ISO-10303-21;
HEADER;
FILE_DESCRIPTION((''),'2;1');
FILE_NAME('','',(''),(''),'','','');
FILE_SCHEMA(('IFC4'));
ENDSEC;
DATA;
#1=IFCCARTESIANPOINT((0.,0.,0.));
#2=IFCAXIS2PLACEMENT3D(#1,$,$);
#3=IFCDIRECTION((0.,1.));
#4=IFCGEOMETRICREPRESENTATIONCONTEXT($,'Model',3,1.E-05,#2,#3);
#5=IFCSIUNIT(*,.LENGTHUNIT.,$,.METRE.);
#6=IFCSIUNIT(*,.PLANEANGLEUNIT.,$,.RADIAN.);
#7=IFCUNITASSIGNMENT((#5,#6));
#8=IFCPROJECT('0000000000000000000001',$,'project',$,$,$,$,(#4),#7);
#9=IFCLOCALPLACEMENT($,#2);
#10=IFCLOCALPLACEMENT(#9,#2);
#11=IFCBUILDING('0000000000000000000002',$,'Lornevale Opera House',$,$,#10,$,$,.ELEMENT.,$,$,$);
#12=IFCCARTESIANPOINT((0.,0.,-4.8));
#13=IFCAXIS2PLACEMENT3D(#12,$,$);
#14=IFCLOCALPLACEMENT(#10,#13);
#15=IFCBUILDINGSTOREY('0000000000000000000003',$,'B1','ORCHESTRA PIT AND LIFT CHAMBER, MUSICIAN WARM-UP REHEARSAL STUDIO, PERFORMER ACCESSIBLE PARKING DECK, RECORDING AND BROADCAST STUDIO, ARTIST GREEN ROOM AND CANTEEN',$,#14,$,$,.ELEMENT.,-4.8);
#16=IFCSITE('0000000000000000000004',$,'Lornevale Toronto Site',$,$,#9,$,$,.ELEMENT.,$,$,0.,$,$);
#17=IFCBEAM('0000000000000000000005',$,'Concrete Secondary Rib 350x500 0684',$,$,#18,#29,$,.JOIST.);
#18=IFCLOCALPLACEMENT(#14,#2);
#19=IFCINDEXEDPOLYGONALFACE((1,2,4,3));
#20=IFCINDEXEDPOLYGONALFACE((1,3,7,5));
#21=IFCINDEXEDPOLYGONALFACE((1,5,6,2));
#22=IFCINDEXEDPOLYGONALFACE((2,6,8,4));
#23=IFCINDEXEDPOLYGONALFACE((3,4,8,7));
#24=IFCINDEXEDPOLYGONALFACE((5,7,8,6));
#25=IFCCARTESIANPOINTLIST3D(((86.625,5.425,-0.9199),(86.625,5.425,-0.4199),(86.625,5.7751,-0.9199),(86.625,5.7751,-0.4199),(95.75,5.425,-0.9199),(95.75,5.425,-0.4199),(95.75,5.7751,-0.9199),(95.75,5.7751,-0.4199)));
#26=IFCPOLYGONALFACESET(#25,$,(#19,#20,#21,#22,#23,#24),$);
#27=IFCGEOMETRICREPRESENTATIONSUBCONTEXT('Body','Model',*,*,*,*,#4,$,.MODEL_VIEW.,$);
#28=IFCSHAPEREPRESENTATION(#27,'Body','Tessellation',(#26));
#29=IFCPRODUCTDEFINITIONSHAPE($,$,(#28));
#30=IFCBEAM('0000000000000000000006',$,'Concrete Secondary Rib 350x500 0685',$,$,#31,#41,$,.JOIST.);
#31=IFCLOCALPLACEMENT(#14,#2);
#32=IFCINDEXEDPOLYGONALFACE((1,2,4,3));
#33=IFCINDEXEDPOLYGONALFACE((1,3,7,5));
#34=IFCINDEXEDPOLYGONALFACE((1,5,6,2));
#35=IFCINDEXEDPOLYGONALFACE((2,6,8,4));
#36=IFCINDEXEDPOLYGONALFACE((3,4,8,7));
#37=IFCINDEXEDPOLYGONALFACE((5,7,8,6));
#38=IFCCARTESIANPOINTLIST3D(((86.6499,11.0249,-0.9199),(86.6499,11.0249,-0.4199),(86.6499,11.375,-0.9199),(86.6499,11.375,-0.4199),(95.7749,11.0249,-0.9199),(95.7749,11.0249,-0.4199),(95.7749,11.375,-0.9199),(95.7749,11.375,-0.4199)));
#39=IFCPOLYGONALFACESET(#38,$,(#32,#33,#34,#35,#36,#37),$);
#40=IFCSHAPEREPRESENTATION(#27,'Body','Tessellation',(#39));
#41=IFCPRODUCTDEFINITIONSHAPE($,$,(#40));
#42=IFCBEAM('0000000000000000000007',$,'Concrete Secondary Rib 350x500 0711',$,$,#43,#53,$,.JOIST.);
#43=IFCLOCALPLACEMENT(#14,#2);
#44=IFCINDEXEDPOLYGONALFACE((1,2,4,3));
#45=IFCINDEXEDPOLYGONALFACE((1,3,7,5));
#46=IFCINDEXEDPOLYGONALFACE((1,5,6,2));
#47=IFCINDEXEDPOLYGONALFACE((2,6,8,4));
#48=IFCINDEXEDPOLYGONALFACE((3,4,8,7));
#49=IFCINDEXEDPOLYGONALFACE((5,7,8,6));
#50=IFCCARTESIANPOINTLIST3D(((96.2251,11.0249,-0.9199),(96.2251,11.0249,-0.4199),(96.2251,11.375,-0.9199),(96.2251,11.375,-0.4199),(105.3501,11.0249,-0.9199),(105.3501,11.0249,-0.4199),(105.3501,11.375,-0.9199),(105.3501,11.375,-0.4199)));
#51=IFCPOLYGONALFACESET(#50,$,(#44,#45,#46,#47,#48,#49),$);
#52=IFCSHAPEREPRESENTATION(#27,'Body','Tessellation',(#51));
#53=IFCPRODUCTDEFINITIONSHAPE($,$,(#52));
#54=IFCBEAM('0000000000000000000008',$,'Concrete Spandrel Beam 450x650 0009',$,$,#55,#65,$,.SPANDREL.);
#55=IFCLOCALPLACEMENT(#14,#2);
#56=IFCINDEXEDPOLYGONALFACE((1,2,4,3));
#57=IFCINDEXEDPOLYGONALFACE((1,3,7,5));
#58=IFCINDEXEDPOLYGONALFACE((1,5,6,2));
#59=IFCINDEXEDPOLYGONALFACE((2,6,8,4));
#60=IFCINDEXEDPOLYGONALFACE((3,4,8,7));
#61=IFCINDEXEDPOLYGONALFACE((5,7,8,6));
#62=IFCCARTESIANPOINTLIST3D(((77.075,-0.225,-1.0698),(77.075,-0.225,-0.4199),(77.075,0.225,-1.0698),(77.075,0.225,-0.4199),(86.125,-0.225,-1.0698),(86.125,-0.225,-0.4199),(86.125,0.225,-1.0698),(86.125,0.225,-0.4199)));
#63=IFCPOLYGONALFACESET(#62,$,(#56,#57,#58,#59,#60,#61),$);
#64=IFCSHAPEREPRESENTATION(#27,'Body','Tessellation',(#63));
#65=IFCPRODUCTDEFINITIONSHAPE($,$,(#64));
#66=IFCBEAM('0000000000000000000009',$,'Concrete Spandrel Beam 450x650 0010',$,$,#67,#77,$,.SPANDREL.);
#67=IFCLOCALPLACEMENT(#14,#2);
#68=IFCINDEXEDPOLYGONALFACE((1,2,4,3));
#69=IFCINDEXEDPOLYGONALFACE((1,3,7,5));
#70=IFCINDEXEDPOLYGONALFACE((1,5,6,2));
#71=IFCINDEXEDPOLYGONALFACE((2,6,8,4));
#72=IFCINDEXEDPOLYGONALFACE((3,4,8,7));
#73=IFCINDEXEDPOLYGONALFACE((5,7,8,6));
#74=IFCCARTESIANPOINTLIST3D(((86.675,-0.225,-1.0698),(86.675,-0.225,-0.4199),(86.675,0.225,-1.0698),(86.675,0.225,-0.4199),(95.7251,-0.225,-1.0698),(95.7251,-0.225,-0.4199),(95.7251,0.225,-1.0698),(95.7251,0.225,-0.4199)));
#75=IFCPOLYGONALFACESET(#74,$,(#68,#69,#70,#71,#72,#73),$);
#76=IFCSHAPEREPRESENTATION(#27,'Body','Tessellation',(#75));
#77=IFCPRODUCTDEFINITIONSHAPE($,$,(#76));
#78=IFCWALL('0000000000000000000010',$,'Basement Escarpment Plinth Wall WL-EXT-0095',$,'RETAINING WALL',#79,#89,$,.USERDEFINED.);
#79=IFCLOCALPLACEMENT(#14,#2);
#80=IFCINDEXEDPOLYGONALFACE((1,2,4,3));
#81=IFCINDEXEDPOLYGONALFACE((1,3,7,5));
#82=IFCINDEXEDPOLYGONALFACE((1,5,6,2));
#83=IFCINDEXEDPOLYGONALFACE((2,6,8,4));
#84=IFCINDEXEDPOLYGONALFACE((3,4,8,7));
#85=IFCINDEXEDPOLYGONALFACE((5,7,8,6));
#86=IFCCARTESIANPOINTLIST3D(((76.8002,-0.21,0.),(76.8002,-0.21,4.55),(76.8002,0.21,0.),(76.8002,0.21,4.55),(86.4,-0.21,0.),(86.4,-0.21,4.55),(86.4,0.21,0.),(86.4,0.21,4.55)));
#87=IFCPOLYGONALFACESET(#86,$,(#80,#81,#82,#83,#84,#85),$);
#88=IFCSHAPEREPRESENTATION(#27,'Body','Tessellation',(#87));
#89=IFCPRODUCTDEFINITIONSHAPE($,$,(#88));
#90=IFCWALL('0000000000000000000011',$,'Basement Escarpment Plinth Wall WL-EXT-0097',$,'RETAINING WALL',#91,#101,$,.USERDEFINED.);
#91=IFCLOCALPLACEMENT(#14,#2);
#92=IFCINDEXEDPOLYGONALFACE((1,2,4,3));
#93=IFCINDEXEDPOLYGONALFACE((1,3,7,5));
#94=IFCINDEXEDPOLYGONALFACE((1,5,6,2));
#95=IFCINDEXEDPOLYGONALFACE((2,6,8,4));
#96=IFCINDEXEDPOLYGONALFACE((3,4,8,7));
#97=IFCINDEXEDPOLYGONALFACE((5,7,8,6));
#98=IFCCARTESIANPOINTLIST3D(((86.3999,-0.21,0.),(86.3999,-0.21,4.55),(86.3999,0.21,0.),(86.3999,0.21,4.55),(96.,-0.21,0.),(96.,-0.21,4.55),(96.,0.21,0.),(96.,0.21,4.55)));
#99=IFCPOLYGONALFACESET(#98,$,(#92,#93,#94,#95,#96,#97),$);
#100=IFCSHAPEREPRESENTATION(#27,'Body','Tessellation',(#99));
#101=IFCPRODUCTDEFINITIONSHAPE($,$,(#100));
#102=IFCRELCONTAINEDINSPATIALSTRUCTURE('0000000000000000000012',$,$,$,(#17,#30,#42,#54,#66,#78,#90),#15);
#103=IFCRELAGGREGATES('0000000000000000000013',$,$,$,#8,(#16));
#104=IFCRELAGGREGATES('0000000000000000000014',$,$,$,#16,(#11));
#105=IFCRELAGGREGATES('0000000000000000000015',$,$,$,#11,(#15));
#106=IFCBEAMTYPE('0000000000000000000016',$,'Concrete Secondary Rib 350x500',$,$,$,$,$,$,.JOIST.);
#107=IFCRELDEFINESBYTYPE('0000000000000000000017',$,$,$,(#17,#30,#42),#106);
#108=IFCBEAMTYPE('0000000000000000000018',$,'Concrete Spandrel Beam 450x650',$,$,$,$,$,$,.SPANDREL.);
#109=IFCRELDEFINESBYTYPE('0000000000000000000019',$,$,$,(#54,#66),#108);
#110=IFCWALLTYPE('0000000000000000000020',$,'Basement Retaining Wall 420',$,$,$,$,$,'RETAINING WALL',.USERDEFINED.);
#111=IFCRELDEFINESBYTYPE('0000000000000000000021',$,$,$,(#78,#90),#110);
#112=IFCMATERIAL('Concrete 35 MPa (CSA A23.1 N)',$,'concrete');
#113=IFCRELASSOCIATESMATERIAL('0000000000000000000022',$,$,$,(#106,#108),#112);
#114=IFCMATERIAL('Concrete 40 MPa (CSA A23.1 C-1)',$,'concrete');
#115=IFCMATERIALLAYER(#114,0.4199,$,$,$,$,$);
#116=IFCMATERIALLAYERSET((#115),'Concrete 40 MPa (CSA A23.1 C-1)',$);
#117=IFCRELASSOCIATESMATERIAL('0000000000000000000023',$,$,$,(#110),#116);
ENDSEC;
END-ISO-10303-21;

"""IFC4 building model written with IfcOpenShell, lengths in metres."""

from ifc_helpers import new_model, si_unit, direction, frame, frame_2d, origin, origin_2d, place, context, subcontext, project, spatial, rectangle, extrude, material, layer, layer_set, material_profile, profile_set, type_object, element, save


model = new_model("IFC4")

# Units and contexts
model_context = context("Model", 3, precision=1e-05, world=origin(), true_north=direction((0.0, 1.0)))
body_context = subcontext(model_context, "Body", "Model", "MODEL_VIEW")
ifc_project = project(units=[si_unit("LENGTHUNIT", "METRE"), si_unit("PLANEANGLEUNIT", "RADIAN")], contexts=[model_context])

# Site, building, storey
site_placement = place(None, origin())
site = spatial("IfcSite", under=ifc_project, at=site_placement, Name="Lornevale Toronto Site", CompositionType="ELEMENT", RefElevation=0.0)
building_placement = place(site_placement, origin())
building = spatial("IfcBuilding", under=site, at=building_placement, Name="Lornevale Opera House", CompositionType="ELEMENT")
storey_placement = place(building_placement, frame((0.0, 0.0, -4.8)))
storey = spatial("IfcBuildingStorey", under=building, at=storey_placement, Name="B1", Description="ORCHESTRA PIT AND LIFT CHAMBER, MUSICIAN WARM-UP REHEARSAL STUDIO, PERFORMER ACCESSIBLE PARKING DECK, RECORDING AND BROADCAST STUDIO, ARTIST GREEN ROOM AND CANTEEN", CompositionType="ELEMENT", Elevation=-4.8)

# Shared definitions
ifc_material_1 = material(Name="Concrete 35 MPa (CSA A23.1 N)", Category="concrete")
ifc_material_2 = material(Name="Concrete 40 MPa (CSA A23.1 C-1)", Category="concrete")

# Beams
ifc_material_profile_1 = material_profile(ifc_material_1, rectangle(XDim=0.3501, YDim=0.5, at=origin_2d()), Name="RC350x500")
ifc_profile_set_1 = profile_set([ifc_material_profile_1], Name="Concrete 35 MPa (CSA A23.1 N)")
beam_type_1 = type_object("IfcBeamType", Name="Concrete Secondary Rib 350x500", PredefinedType="JOIST", material=ifc_profile_set_1)
for number, where, z_axis, x_axis, name in (
    (1, (86.625, 5.6001, -0.6699), (1.0, 0.0, 0.0), (0.0, 1.0, 0.0), "Concrete Secondary Rib 350x500 0684"),
    (2, (86.6499, 11.2, -0.6699), (1.0, 0.0, 0.0), (0.0, 1.0, 0.0), "Concrete Secondary Rib 350x500 0685"),
    (3, (96.2251, 11.2, -0.6699), (1.0, 0.0, 0.0), (0.0, 1.0, 0.0), "Concrete Secondary Rib 350x500 0711"),
):
    element("IfcBeam", number, at=place(storey_placement, frame(where, z_axis=z_axis, x_axis=x_axis)), inside=storey, type_object=beam_type_1, Name=name, PredefinedType="JOIST", context=body_context, shape_type="SweptSolid", body=[
        extrude(rectangle(XDim=0.3501, YDim=0.5, at=origin_2d()), origin(), (0.0, 0.0, 1.0), 9.125),
    ])
ifc_material_profile_2 = material_profile(ifc_material_1, rectangle(XDim=0.45, YDim=0.6499, at=origin_2d()), Name="RC450x650")
ifc_profile_set_2 = profile_set([ifc_material_profile_2], Name="Concrete 35 MPa (CSA A23.1 N)")
beam_type_2 = type_object("IfcBeamType", Name="Concrete Spandrel Beam 450x650", PredefinedType="SPANDREL", material=ifc_profile_set_2)
for number, where, z_axis, x_axis, name in (
    (4, (77.075, 0.0, -0.7449), (1.0, 0.0, 0.0), (0.0, 1.0, 0.0), "Concrete Spandrel Beam 450x650 0009"),
    (5, (86.675, 0.0, -0.7449), (1.0, 0.0, 0.0), (0.0, 1.0, 0.0), "Concrete Spandrel Beam 450x650 0010"),
):
    element("IfcBeam", number, at=place(storey_placement, frame(where, z_axis=z_axis, x_axis=x_axis)), inside=storey, type_object=beam_type_2, Name=name, PredefinedType="SPANDREL", context=body_context, shape_type="SweptSolid", body=[
        extrude(rectangle(XDim=0.45, YDim=0.6499, at=origin_2d()), origin(), (0.0, 0.0, 1.0), 9.05),
    ])

# Walls
ifc_layer = layer(ifc_material_2, 0.4199)
ifc_layer_set = layer_set([ifc_layer], Name="Concrete 40 MPa (CSA A23.1 C-1)")
wall_type = type_object("IfcWallType", Name="Basement Retaining Wall 420", ElementType="RETAINING WALL", PredefinedType="USERDEFINED", material=ifc_layer_set)
wall_1_placement = place(storey_placement, frame((86.3999, 0.0, 0.0), z_axis=(0.0, 0.0, 1.0), x_axis=(-1.0, 0.0, 0.0)))
element("IfcWall", 6, at=wall_1_placement, inside=storey, type_object=wall_type, Name="Basement Escarpment Plinth Wall WL-EXT-0095", ObjectType="RETAINING WALL", PredefinedType="USERDEFINED", context=body_context, shape_type="SweptSolid", body=[
    extrude(rectangle(XDim=9.5999, YDim=0.4199, at=frame_2d((4.7998, 0.0))), origin(), (0.0, 0.0, 1.0), 4.55),
])
wall_2_placement = place(storey_placement, frame((96.0, 0.0, 0.0), z_axis=(0.0, 0.0, 1.0), x_axis=(-1.0, 0.0, 0.0)))
element("IfcWall", 7, at=wall_2_placement, inside=storey, type_object=wall_type, Name="Basement Escarpment Plinth Wall WL-EXT-0097", ObjectType="RETAINING WALL", PredefinedType="USERDEFINED", context=body_context, shape_type="SweptSolid", body=[
    extrude(rectangle(XDim=9.6001, YDim=0.4199, at=frame_2d((4.8, 0.0))), origin(), (0.0, 0.0, 1.0), 4.55),
])

save(model, "model.ifc")
